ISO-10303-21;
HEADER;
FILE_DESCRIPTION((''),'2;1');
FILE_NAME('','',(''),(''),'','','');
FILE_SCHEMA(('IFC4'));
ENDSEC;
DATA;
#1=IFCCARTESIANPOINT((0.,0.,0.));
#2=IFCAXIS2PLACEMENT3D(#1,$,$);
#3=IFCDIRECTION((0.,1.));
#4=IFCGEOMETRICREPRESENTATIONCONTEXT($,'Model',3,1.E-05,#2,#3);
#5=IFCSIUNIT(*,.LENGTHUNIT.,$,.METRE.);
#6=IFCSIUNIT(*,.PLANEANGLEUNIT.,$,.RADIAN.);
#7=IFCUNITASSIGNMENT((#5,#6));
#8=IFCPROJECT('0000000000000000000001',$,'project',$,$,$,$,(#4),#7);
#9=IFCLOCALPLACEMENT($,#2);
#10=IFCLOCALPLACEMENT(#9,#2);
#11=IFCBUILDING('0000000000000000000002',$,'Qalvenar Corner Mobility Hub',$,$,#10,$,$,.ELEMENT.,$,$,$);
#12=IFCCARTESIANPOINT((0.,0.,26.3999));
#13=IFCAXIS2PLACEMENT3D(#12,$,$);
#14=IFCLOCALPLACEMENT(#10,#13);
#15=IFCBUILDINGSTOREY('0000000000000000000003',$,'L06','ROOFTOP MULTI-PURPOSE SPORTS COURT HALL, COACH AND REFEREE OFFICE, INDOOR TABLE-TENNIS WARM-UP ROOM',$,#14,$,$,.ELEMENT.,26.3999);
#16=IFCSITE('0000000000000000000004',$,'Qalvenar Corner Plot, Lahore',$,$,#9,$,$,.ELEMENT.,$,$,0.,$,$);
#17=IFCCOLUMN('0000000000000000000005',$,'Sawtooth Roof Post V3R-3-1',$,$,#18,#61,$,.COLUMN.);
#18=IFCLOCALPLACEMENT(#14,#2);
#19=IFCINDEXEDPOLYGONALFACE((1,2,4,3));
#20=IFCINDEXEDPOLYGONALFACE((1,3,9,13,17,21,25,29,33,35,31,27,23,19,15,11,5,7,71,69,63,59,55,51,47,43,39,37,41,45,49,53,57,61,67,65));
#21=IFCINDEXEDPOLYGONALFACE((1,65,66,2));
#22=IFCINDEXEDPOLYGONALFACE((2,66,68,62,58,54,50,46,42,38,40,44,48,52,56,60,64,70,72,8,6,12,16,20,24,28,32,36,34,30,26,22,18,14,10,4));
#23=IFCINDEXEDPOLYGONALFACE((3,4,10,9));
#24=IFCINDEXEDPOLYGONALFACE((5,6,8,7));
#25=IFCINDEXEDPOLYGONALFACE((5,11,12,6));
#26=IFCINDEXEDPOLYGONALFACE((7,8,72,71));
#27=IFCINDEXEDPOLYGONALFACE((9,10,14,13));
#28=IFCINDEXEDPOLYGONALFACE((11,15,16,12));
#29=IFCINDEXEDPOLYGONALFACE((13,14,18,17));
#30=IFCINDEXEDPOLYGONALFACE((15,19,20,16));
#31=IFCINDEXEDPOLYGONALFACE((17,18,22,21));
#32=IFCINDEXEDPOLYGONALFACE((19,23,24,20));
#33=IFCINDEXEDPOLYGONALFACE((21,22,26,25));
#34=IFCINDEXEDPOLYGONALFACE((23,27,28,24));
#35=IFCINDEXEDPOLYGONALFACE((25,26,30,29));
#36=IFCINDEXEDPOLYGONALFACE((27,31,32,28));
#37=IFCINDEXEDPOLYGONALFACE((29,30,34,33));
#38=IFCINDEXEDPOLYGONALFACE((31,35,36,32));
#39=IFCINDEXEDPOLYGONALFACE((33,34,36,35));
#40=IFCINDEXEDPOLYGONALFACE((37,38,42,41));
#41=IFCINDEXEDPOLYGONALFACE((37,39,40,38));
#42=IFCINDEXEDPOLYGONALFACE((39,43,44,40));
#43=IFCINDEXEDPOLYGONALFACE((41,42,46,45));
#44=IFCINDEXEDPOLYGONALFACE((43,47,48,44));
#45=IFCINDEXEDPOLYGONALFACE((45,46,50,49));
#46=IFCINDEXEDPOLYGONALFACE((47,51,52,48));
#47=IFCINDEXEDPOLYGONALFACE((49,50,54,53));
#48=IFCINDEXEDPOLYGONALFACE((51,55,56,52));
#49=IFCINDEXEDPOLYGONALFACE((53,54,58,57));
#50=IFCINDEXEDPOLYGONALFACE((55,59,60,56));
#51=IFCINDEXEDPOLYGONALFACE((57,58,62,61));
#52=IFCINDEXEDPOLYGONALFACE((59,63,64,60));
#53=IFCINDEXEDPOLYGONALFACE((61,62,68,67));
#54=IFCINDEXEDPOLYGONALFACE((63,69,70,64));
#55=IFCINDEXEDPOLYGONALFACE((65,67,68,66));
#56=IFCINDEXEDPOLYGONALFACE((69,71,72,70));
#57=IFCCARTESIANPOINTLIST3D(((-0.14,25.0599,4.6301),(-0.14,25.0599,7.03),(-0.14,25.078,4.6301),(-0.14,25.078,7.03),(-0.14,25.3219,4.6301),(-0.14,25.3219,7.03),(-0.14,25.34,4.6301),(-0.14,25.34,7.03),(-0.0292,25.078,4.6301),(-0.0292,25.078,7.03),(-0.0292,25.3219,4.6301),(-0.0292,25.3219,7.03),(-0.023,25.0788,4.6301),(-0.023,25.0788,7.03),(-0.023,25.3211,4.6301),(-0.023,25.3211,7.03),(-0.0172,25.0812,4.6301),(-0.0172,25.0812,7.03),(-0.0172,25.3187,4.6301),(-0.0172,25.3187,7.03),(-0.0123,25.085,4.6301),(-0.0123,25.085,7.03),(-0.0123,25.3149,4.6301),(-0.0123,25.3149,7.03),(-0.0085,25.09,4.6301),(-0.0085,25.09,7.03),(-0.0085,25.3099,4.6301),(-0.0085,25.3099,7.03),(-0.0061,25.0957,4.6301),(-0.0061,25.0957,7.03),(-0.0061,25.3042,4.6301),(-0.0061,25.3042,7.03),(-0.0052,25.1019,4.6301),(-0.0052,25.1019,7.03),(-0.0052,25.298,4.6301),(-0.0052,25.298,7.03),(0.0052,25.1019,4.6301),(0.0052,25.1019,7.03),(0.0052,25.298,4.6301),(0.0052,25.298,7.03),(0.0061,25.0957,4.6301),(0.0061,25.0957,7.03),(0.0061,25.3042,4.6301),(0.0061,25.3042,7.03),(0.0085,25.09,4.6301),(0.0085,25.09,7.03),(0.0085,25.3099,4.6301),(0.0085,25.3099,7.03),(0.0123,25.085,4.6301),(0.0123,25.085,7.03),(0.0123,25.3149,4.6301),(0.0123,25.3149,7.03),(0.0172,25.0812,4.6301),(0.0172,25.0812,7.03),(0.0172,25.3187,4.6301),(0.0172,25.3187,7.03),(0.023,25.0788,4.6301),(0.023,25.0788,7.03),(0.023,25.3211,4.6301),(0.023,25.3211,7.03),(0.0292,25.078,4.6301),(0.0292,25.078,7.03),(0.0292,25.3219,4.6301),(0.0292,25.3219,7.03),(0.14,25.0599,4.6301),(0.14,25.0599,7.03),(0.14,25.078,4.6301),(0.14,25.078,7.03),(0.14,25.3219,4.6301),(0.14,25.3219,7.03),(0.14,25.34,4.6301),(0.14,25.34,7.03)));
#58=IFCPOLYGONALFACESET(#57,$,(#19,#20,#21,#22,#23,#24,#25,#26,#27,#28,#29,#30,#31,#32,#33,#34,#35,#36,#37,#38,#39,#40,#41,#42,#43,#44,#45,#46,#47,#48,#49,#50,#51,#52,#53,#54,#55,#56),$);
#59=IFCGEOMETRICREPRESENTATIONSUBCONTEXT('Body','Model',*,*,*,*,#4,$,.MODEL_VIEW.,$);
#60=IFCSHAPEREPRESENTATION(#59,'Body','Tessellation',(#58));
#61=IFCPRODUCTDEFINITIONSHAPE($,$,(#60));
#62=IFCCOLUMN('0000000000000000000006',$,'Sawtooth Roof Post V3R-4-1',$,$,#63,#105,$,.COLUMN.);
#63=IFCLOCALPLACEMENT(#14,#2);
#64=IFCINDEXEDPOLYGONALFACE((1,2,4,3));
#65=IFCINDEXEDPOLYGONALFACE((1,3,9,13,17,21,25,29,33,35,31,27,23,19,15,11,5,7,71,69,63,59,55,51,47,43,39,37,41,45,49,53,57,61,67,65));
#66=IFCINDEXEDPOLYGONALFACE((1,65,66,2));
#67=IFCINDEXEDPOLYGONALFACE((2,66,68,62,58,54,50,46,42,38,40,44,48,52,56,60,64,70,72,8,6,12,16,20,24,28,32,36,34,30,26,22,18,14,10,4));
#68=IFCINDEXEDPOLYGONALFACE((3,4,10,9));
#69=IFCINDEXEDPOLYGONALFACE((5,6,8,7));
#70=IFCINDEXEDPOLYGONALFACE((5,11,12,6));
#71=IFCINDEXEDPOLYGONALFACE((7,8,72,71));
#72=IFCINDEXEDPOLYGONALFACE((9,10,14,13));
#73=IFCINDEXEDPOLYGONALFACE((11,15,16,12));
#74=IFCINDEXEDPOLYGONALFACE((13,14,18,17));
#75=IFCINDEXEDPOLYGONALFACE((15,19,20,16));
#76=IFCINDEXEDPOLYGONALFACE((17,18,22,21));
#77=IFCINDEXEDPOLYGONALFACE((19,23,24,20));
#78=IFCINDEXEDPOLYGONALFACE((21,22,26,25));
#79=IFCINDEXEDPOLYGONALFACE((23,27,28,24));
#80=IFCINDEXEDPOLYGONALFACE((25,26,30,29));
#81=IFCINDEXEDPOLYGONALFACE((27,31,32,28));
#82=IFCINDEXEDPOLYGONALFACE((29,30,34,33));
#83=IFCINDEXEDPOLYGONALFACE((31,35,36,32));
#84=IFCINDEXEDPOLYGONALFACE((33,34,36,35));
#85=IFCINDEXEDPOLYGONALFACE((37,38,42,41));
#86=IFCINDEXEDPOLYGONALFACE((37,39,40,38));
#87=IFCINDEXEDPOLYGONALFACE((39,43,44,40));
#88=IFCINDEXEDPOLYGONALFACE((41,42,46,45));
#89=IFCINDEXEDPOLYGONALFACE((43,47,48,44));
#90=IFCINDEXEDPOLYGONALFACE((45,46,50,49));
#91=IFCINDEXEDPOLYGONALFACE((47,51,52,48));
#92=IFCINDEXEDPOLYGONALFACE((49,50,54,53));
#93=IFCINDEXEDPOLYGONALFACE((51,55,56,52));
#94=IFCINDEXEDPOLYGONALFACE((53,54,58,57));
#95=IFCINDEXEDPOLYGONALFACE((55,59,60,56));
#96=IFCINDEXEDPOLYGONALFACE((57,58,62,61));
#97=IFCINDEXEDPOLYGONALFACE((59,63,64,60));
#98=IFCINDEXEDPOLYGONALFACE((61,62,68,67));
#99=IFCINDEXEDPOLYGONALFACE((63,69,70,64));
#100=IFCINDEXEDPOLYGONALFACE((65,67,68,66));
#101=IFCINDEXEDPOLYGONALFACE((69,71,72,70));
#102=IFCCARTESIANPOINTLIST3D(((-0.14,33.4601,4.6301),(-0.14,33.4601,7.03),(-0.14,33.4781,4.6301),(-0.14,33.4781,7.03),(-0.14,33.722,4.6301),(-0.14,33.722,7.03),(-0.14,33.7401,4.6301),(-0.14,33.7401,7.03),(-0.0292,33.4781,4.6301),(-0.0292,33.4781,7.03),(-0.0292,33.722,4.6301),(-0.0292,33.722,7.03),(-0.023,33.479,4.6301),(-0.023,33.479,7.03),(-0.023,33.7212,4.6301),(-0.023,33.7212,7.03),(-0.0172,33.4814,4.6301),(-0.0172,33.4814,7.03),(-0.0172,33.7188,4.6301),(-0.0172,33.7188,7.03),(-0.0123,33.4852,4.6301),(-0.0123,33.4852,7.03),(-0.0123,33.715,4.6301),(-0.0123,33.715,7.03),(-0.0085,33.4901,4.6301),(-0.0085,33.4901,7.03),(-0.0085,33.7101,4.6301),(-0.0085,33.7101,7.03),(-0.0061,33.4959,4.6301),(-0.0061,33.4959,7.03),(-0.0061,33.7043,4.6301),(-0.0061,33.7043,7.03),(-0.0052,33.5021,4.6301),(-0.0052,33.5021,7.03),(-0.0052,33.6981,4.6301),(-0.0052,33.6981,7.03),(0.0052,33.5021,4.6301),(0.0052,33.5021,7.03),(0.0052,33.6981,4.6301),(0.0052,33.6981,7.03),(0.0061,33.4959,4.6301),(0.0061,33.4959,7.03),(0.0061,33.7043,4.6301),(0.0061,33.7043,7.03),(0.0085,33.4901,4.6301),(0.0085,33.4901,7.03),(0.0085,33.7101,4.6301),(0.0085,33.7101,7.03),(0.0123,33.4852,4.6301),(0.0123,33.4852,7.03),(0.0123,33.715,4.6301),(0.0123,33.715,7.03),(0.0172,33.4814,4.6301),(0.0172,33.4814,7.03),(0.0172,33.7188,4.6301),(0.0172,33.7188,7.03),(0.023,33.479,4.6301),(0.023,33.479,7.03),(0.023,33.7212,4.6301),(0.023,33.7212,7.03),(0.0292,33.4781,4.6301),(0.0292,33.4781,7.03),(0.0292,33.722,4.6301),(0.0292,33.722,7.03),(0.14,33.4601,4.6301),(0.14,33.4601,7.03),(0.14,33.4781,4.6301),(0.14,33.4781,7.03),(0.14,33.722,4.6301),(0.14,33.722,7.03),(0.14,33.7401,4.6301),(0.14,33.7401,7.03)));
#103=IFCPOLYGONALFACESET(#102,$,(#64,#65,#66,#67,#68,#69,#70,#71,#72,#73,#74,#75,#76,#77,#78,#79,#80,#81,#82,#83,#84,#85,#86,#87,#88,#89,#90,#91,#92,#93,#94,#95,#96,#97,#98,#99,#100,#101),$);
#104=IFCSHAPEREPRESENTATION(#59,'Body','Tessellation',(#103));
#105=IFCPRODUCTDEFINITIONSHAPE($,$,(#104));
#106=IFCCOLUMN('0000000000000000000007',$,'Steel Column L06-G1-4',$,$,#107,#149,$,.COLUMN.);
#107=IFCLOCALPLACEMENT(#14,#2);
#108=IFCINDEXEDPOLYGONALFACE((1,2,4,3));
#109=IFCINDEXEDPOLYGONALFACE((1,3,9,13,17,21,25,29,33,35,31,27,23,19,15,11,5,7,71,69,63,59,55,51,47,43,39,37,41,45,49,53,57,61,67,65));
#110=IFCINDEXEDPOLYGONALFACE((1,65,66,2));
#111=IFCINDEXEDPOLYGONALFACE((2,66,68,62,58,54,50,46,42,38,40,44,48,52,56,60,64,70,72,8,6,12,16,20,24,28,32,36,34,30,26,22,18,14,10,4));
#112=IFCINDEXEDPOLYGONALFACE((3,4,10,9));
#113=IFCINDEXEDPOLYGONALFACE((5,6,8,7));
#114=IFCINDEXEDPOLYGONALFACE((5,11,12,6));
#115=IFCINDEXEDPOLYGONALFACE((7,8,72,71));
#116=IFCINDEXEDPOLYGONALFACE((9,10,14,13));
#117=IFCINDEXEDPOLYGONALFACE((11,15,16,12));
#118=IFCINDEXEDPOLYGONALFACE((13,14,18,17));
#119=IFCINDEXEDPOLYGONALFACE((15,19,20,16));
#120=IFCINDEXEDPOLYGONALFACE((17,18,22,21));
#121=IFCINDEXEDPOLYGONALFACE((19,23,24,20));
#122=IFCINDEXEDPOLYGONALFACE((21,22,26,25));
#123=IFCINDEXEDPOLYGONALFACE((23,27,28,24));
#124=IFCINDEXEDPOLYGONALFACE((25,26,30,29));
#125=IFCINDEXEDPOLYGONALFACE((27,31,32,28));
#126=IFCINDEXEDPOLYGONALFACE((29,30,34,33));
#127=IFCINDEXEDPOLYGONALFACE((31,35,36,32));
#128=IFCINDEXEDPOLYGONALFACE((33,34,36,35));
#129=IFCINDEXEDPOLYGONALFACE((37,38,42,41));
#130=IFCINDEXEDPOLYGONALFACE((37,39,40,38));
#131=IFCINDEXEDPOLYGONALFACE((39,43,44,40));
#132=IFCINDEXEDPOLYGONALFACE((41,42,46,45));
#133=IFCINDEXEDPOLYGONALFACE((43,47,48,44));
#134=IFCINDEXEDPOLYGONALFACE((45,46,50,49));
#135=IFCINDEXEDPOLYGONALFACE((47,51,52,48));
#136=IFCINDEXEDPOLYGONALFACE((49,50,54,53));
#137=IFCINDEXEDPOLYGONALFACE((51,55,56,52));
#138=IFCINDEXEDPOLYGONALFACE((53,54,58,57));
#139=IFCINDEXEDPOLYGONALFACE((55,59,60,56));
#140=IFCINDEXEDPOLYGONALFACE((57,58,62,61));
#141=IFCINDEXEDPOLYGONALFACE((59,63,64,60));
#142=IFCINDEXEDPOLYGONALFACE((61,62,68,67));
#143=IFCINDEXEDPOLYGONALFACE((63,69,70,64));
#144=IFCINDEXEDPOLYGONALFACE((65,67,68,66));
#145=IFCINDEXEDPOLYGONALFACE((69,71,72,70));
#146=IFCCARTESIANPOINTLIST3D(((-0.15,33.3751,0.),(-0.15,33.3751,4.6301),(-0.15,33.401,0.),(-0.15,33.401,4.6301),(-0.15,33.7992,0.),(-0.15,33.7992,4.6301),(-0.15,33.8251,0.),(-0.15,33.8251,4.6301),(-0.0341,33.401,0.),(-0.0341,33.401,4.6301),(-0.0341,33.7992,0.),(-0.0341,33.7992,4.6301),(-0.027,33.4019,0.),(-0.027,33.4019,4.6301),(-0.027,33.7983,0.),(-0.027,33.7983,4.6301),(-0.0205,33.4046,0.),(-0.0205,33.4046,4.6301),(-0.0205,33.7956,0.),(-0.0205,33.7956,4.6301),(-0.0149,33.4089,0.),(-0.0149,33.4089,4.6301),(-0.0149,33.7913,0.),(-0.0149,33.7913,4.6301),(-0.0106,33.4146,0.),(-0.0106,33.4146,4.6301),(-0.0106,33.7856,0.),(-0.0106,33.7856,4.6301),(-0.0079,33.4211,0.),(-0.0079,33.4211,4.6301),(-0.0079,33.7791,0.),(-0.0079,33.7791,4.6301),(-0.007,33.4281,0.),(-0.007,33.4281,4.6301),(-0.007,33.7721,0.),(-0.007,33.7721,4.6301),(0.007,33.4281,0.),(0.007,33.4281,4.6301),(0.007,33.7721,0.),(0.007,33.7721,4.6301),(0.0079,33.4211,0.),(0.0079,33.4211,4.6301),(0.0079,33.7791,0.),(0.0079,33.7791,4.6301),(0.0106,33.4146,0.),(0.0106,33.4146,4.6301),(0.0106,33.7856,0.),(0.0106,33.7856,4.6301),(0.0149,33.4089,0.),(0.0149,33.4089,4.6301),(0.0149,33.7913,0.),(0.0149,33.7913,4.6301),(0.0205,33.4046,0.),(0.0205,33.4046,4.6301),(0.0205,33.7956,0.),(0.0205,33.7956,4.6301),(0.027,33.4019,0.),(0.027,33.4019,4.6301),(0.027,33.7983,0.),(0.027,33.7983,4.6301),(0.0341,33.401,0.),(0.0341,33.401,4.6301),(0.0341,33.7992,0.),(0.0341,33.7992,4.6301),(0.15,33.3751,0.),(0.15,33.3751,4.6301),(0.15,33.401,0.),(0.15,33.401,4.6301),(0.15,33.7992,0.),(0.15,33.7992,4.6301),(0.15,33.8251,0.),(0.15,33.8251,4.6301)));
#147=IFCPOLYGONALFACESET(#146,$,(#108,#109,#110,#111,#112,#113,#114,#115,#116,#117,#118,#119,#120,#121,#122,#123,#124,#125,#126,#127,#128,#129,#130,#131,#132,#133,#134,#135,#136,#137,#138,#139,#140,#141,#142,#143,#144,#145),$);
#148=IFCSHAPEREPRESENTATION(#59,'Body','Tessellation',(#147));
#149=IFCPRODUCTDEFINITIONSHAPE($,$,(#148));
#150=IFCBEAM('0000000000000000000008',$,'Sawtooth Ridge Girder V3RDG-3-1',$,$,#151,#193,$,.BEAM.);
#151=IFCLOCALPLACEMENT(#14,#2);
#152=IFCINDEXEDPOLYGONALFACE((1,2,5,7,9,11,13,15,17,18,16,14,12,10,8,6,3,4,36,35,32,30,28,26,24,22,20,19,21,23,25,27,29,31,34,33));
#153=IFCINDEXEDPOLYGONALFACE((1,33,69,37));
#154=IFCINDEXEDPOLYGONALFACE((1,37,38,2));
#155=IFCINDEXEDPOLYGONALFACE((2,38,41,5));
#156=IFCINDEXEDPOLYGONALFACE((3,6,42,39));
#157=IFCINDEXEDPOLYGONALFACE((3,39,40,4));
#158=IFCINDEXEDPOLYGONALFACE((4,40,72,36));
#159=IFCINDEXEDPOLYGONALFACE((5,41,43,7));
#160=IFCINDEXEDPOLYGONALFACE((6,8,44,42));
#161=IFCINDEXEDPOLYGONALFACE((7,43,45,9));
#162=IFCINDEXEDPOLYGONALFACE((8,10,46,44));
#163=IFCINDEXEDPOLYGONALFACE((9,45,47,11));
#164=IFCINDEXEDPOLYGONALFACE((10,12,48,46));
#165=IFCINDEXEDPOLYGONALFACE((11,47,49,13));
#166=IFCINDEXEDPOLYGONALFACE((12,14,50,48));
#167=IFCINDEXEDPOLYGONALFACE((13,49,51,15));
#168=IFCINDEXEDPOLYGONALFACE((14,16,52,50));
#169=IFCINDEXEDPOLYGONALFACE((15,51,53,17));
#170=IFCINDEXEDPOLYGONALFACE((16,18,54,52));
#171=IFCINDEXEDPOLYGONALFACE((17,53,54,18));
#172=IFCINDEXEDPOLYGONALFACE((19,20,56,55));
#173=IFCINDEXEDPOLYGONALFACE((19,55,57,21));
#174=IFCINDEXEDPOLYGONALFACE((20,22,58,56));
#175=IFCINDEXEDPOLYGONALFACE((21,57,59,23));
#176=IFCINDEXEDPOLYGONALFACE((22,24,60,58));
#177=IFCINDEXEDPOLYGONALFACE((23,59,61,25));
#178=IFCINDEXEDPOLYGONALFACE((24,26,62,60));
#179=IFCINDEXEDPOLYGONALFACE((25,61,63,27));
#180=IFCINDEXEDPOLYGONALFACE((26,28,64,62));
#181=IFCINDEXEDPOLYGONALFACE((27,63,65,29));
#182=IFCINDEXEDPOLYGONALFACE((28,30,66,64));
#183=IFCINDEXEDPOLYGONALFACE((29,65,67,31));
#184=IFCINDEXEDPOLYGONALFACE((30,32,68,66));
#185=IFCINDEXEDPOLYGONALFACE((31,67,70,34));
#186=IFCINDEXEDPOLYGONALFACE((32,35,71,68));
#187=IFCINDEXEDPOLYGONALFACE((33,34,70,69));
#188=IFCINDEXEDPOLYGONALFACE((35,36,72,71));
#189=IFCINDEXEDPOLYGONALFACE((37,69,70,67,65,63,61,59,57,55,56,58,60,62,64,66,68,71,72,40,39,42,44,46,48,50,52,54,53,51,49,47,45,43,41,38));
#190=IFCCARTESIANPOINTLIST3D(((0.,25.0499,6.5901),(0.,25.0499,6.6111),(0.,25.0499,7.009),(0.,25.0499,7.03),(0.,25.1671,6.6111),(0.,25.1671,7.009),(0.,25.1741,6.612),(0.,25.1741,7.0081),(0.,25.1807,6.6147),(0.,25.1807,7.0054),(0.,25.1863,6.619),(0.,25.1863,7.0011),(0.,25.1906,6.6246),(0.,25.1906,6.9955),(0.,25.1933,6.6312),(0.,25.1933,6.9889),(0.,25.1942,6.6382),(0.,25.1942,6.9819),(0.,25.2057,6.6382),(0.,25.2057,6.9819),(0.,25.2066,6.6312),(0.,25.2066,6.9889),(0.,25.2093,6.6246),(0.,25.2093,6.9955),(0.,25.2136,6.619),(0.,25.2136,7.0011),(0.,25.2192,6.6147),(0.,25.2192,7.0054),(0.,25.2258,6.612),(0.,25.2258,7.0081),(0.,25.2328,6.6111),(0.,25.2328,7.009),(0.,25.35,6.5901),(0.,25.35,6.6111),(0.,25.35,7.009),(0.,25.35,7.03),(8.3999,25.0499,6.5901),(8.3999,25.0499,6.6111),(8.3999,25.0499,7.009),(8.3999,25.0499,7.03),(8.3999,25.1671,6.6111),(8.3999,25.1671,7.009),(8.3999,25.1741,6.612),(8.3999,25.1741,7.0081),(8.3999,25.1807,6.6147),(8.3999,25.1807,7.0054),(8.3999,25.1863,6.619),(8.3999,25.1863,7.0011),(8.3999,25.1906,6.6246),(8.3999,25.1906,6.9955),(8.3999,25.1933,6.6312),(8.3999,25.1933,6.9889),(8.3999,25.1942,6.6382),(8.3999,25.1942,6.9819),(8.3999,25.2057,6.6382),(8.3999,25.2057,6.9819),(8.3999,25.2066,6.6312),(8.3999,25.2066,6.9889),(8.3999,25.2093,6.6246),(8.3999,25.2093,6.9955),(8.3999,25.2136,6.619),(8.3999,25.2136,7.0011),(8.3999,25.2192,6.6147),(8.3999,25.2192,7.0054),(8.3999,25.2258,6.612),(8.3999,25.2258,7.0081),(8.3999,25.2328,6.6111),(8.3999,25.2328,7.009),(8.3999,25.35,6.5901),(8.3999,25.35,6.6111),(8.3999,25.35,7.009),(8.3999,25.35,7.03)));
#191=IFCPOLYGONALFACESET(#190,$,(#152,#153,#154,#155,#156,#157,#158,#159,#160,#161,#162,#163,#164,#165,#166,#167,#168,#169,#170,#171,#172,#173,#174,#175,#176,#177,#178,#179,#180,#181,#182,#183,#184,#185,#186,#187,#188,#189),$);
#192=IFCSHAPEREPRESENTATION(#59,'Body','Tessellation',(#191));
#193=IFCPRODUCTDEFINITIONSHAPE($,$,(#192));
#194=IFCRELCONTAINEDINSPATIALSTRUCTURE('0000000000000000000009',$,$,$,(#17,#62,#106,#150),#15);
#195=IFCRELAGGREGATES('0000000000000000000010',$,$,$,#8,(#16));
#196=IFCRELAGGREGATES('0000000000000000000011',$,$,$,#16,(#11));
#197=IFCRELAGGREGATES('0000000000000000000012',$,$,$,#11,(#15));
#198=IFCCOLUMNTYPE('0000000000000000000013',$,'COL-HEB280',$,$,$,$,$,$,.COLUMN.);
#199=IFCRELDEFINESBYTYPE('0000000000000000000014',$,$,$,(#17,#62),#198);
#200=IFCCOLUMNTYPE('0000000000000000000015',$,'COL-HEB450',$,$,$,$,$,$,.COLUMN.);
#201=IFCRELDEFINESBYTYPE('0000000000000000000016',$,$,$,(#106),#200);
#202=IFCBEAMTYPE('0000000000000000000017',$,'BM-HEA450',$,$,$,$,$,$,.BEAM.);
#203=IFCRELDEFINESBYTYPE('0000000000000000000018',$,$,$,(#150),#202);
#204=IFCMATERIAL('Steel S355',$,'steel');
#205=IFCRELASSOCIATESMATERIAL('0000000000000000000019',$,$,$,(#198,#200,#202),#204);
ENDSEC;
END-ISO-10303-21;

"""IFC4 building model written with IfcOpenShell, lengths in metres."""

from ifc_helpers import new_model, si_unit, direction, frame, origin, origin_2d, place, context, subcontext, project, spatial, i_section, extrude, material, material_profile, profile_set, type_object, element, save


model = new_model("IFC4")

# Units and contexts
model_context = context("Model", 3, precision=1e-05, world=origin(), true_north=direction((0.0, 1.0)))
body_context = subcontext(model_context, "Body", "Model", "MODEL_VIEW")
ifc_project = project(units=[si_unit("LENGTHUNIT", "METRE"), si_unit("PLANEANGLEUNIT", "RADIAN")], contexts=[model_context])

# Site, building, storey
site_placement = place(None, origin())
site = spatial("IfcSite", under=ifc_project, at=site_placement, Name="Qalvenar Corner Plot, Lahore", CompositionType="ELEMENT", RefElevation=0.0)
building_placement = place(site_placement, origin())
building = spatial("IfcBuilding", under=site, at=building_placement, Name="Qalvenar Corner Mobility Hub", CompositionType="ELEMENT")
storey_placement = place(building_placement, frame((0.0, 0.0, 26.3999)))
storey = spatial("IfcBuildingStorey", under=building, at=storey_placement, Name="L06", Description="ROOFTOP MULTI-PURPOSE SPORTS COURT HALL, COACH AND REFEREE OFFICE, INDOOR TABLE-TENNIS WARM-UP ROOM", CompositionType="ELEMENT", Elevation=26.3999)

# Columns
ifc_material_1 = material(Name="Steel S355", Category="steel")
ifc_material_profile_1 = material_profile(ifc_material_1, i_section(OverallWidth=0.28, OverallDepth=0.28, WebThickness=0.0105, FlangeThickness=0.0181, FilletRadius=0.0239, at=origin_2d()), Name="HEB280")
ifc_profile_set_1 = profile_set([ifc_material_profile_1], Name="Steel S355")
column_type_1 = type_object("IfcColumnType", Name="COL-HEB280", PredefinedType="COLUMN", material=ifc_profile_set_1)
for number, where, z_axis, x_axis, name in (
    (1, (0.0, 25.2, 4.6301), (0.0, 0.0, 1.0), (1.0, 0.0, 0.0), "Sawtooth Roof Post V3R-3-1"),
    (2, (0.0, 33.6001, 4.6301), (0.0, 0.0, 1.0), (1.0, 0.0, 0.0), "Sawtooth Roof Post V3R-4-1"),
):
    element("IfcColumn", number, at=place(storey_placement, frame(where, z_axis=z_axis, x_axis=x_axis)), inside=storey, type_object=column_type_1, Name=name, PredefinedType="COLUMN", context=body_context, shape_type="SweptSolid", body=[
        extrude(i_section(OverallWidth=0.28, OverallDepth=0.28, WebThickness=0.0105, FlangeThickness=0.0181, FilletRadius=0.0239, at=origin_2d()), origin(), (0.0, 0.0, 1.0), 2.3999),
    ])
ifc_material_profile_2 = material_profile(ifc_material_1, i_section(OverallWidth=0.3, OverallDepth=0.45, WebThickness=0.0139, FlangeThickness=0.0259, FilletRadius=0.0271, at=origin_2d()), Name="HEB450")
ifc_profile_set_2 = profile_set([ifc_material_profile_2], Name="Steel S355")
column_type_2 = type_object("IfcColumnType", Name="COL-HEB450", PredefinedType="COLUMN", material=ifc_profile_set_2)
column_placement = place(storey_placement, frame((0.0, 33.6001, 0.0), z_axis=(0.0, 0.0, 1.0), x_axis=(1.0, 0.0, 0.0)))
element("IfcColumn", 3, at=column_placement, inside=storey, type_object=column_type_2, Name="Steel Column L06-G1-4", PredefinedType="COLUMN", context=body_context, shape_type="SweptSolid", body=[
    extrude(i_section(OverallWidth=0.3, OverallDepth=0.45, WebThickness=0.0139, FlangeThickness=0.0259, FilletRadius=0.0271, at=origin_2d()), origin(), (0.0, 0.0, 1.0), 4.6301),
])

# Beam
ifc_material_profile_3 = material_profile(ifc_material_1, i_section(OverallWidth=0.3, OverallDepth=0.4399, WebThickness=0.0115, FlangeThickness=0.021, FilletRadius=0.0271, at=origin_2d()), Name="HEA450")
ifc_profile_set_3 = profile_set([ifc_material_profile_3], Name="Steel S355")
beam_type_1 = type_object("IfcBeamType", Name="BM-HEA450", PredefinedType="BEAM", material=ifc_profile_set_3)
for number, where, z_axis, x_axis, name in (
    (4, (0.0, 25.2, 6.8101), (1.0, 0.0, 0.0), (0.0, 1.0, 0.0), "Sawtooth Ridge Girder V3RDG-3-1"),
):
    element("IfcBeam", number, at=place(storey_placement, frame(where, z_axis=z_axis, x_axis=x_axis)), inside=storey, type_object=beam_type_1, Name=name, PredefinedType="BEAM", context=body_context, shape_type="SweptSolid", body=[
        extrude(i_section(OverallWidth=0.3, OverallDepth=0.4399, WebThickness=0.0115, FlangeThickness=0.021, FilletRadius=0.0271, at=origin_2d()), origin(), (0.0, 0.0, 1.0), 8.3999),
    ])

save(model, "model.ifc")
